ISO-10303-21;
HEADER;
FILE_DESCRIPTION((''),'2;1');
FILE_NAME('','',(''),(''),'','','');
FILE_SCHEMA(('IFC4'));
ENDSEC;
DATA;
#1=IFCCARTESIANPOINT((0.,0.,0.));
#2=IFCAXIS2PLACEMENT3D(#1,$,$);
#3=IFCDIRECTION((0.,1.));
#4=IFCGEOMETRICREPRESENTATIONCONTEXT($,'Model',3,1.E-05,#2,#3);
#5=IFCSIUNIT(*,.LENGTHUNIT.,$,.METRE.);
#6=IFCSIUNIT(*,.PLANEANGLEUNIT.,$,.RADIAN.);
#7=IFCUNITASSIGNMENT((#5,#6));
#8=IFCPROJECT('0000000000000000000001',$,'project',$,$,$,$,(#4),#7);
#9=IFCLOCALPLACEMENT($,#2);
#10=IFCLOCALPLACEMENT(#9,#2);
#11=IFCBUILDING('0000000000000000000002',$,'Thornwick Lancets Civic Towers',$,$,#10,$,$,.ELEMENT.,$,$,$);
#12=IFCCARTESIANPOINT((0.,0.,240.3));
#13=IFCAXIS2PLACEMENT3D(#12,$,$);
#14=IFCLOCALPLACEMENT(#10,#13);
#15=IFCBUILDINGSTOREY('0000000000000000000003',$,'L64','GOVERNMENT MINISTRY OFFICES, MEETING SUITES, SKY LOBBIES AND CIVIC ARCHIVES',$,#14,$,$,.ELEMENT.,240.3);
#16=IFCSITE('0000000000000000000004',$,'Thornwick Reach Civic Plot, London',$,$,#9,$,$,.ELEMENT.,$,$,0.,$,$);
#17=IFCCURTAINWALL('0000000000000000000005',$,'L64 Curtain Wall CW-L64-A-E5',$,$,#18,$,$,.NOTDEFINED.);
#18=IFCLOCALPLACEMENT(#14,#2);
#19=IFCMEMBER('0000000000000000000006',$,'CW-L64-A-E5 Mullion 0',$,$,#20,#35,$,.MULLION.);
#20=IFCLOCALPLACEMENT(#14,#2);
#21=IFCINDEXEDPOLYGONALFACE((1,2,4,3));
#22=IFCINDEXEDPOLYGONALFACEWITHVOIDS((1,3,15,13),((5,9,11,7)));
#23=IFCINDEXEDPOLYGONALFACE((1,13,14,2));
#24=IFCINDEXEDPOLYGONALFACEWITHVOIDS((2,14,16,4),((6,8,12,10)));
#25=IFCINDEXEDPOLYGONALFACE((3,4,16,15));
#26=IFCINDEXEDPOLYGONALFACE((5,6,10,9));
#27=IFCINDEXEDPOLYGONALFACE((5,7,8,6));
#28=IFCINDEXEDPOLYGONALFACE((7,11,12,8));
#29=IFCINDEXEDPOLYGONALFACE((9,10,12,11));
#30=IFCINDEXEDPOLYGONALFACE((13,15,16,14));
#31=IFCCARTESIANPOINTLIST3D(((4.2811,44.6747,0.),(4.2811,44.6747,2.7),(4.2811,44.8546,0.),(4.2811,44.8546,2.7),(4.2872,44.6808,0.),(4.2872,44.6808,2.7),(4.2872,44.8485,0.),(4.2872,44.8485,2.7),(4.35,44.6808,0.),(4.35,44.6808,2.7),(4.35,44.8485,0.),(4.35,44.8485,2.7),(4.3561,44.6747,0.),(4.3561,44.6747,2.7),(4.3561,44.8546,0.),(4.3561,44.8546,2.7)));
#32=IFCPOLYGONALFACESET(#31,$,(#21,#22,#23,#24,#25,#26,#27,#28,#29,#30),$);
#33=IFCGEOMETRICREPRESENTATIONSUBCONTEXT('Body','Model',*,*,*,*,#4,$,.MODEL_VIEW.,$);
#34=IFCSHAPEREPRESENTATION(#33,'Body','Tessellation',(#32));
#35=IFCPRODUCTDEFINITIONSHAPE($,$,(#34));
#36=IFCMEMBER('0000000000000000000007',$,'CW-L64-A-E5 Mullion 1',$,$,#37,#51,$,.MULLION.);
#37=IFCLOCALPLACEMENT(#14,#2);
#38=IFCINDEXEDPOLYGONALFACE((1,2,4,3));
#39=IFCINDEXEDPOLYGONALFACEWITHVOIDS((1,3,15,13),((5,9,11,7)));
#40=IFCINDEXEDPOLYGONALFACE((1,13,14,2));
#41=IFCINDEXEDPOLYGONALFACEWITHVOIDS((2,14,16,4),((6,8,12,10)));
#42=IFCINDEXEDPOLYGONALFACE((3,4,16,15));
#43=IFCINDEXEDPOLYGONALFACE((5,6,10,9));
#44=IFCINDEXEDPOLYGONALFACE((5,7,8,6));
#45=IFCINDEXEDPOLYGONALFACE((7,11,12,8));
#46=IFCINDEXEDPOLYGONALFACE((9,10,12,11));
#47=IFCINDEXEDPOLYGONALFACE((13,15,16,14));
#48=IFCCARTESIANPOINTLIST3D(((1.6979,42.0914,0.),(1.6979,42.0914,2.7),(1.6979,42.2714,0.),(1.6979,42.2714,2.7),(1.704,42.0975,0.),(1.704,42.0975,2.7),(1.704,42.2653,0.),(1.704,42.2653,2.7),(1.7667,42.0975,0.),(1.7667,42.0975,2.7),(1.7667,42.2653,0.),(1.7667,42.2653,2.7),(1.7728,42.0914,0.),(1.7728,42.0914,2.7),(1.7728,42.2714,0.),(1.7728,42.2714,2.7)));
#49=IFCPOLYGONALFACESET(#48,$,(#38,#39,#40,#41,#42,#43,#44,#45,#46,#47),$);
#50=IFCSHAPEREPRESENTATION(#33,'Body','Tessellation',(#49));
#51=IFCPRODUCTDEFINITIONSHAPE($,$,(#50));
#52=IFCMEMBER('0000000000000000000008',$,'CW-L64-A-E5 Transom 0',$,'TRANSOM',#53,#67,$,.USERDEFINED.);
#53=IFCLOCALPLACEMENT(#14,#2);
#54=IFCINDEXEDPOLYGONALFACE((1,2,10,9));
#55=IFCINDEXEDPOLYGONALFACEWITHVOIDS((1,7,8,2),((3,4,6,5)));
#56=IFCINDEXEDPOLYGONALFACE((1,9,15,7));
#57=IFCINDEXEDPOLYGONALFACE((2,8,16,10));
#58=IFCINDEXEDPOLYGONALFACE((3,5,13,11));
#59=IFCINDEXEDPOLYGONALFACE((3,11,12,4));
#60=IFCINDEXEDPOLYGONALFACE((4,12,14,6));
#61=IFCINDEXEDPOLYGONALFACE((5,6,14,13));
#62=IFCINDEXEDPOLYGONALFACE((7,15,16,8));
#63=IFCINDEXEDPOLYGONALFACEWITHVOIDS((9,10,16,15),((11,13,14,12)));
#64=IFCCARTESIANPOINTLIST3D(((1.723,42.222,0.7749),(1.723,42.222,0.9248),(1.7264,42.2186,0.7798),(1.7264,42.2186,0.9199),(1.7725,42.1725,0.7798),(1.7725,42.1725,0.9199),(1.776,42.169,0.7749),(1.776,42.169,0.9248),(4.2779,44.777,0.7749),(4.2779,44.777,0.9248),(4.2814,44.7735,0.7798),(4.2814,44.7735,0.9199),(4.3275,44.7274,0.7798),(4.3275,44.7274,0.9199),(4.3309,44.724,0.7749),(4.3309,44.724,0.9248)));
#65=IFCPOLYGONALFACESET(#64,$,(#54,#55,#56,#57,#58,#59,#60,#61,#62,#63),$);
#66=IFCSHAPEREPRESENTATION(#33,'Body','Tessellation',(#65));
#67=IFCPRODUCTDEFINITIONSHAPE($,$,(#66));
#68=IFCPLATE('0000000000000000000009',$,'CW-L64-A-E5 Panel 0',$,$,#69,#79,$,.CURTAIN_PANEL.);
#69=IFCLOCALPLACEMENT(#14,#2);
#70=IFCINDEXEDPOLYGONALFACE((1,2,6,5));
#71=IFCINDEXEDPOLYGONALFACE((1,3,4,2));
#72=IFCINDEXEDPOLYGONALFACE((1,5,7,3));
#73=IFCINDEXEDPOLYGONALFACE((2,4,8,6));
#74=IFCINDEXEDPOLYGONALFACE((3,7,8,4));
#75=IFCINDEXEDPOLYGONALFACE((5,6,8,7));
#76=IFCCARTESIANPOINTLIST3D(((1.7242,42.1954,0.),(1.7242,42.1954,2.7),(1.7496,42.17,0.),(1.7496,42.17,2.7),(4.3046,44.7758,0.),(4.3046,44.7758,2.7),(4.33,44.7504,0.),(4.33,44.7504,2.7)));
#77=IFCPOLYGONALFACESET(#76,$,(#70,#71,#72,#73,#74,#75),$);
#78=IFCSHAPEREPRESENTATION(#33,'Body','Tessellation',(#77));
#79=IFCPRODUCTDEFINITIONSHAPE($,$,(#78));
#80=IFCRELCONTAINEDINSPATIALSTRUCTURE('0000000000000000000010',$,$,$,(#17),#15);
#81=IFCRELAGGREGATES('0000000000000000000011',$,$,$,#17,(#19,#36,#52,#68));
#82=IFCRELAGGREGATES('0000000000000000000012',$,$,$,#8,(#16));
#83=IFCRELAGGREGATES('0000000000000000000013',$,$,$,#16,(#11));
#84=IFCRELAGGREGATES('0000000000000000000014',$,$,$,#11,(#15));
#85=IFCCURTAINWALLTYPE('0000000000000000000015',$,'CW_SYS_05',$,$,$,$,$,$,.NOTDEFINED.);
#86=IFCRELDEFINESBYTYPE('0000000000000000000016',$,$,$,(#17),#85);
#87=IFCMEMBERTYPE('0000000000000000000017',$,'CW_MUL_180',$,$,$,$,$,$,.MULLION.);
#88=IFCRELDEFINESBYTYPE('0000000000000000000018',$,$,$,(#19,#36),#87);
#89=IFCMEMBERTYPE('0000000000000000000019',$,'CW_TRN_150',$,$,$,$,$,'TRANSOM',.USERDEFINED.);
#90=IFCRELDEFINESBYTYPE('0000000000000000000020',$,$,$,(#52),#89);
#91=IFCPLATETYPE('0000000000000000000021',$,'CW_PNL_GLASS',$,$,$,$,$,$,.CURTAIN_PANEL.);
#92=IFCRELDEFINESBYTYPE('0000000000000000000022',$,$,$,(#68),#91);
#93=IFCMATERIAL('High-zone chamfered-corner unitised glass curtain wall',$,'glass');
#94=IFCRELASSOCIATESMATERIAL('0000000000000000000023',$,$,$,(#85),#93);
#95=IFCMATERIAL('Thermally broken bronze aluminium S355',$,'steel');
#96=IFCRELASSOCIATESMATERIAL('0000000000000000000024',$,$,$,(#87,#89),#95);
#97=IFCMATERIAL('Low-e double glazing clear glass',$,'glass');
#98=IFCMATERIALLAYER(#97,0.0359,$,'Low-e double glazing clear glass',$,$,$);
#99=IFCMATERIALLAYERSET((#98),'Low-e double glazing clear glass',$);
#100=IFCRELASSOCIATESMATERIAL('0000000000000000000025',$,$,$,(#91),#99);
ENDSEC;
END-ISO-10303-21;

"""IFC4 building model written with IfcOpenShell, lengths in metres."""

from ifc_helpers import new_model, si_unit, direction, frame, origin, origin_2d, place, context, subcontext, project, spatial, rectangle, hollow_rectangle, extrude, material, layer, layer_set, material_profile, profile_set, type_object, element, aggregate, save


model = new_model("IFC4")

# Units and contexts
model_context = context("Model", 3, precision=1e-05, world=origin(), true_north=direction((0.0, 1.0)))
body_context = subcontext(model_context, "Body", "Model", "MODEL_VIEW")
ifc_project = project(units=[si_unit("LENGTHUNIT", "METRE"), si_unit("PLANEANGLEUNIT", "RADIAN")], contexts=[model_context])

# Site, building, storey
site_placement = place(None, origin())
site = spatial("IfcSite", under=ifc_project, at=site_placement, Name="Thornwick Reach Civic Plot, London", CompositionType="ELEMENT", RefElevation=0.0)
building_placement = place(site_placement, origin())
building = spatial("IfcBuilding", under=site, at=building_placement, Name="Thornwick Lancets Civic Towers", CompositionType="ELEMENT")
storey_placement = place(building_placement, frame((0.0, 0.0, 240.3)))
storey = spatial("IfcBuildingStorey", under=building, at=storey_placement, Name="L64", Description="GOVERNMENT MINISTRY OFFICES, MEETING SUITES, SKY LOBBIES AND CIVIC ARCHIVES", CompositionType="ELEMENT", Elevation=240.3)

# Curtain wall, members, plate
ifc_material_1 = material(Name="High-zone chamfered-corner unitised glass curtain wall", Category="glass")
curtain_wall_type = type_object("IfcCurtainWallType", Name="CW_SYS_05", PredefinedType="NOTDEFINED", material=ifc_material_1)
curtain_wall_placement = place(storey_placement, origin())
curtain_wall = element("IfcCurtainWall", 1, at=curtain_wall_placement, inside=storey, type_object=curtain_wall_type, Name="L64 Curtain Wall CW-L64-A-E5", PredefinedType="NOTDEFINED")
ifc_material_2 = material(Name="Thermally broken bronze aluminium S355", Category="steel")
ifc_material_profile_1 = material_profile(ifc_material_2, hollow_rectangle(XDim=0.075, YDim=0.1799, WallThickness=0.0061, at=origin_2d()), Name="RHS 180x75x6")
ifc_profile_set_1 = profile_set([ifc_material_profile_1], Name="Thermally broken bronze aluminium S355")
member_type_1 = type_object("IfcMemberType", Name="CW_MUL_180", PredefinedType="MULLION", material=ifc_profile_set_1)
member_1_placement = place(storey_placement, frame((4.3186, 44.7646, 0.0), z_axis=(0.0, 0.0, 1.0), x_axis=(1.0, 0.0, 0.0)))
member_1 = element("IfcMember", 2, at=member_1_placement, type_object=member_type_1, Name="CW-L64-A-E5 Mullion 0", PredefinedType="MULLION", context=body_context, shape_type="SweptSolid", body=[
    extrude(hollow_rectangle(XDim=0.075, YDim=0.1799, WallThickness=0.0061, at=origin_2d()), origin(), (0.0, 0.0, 1.0), 2.7),
])
member_2_placement = place(storey_placement, frame((1.7354, 42.1814, 0.0), z_axis=(0.0, 0.0, 1.0), x_axis=(1.0, 0.0, 0.0)))
member_2 = element("IfcMember", 3, at=member_2_placement, type_object=member_type_1, Name="CW-L64-A-E5 Mullion 1", PredefinedType="MULLION", context=body_context, shape_type="SweptSolid", body=[
    extrude(hollow_rectangle(XDim=0.075, YDim=0.1799, WallThickness=0.0061, at=origin_2d()), origin(), (0.0, 0.0, 1.0), 2.7),
])
ifc_material_profile_2 = material_profile(ifc_material_2, hollow_rectangle(XDim=0.075, YDim=0.1499, WallThickness=0.0049, at=origin_2d()), Name="RHS 150x75x5")
ifc_profile_set_2 = profile_set([ifc_material_profile_2], Name="Thermally broken bronze aluminium S355")
member_type_2 = type_object("IfcMemberType", Name="CW_TRN_150", ElementType="TRANSOM", PredefinedType="USERDEFINED", material=ifc_profile_set_2)
member_3_placement = place(storey_placement, frame((4.3044, 44.7505, 0.8499), z_axis=(-0.707107, -0.707107, 0.0), x_axis=(0.707107, -0.707107, 0.0)))
member_3 = element("IfcMember", 4, at=member_3_placement, type_object=member_type_2, Name="CW-L64-A-E5 Transom 0", ObjectType="TRANSOM", PredefinedType="USERDEFINED", context=body_context, shape_type="SweptSolid", body=[
    extrude(hollow_rectangle(XDim=0.075, YDim=0.1499, WallThickness=0.0049, at=origin_2d()), origin(), (0.0, 0.0, 1.0), 3.6133),
])
ifc_material_3 = material(Name="Low-e double glazing clear glass", Category="glass")
ifc_layer_1 = layer(ifc_material_3, 0.0359, Name="Low-e double glazing clear glass")
ifc_layer_set_1 = layer_set([ifc_layer_1], Name="Low-e double glazing clear glass")
plate_type = type_object("IfcPlateType", Name="CW_PNL_GLASS", PredefinedType="CURTAIN_PANEL", material=ifc_layer_set_1)
plate_placement = place(storey_placement, frame((3.0271, 43.4729, 0.0), z_axis=(0.0, 0.0, 1.0), x_axis=(-0.707107, -0.707107, 0.0)))
plate = element("IfcPlate", 5, at=plate_placement, type_object=plate_type, Name="CW-L64-A-E5 Panel 0", PredefinedType="CURTAIN_PANEL", context=body_context, shape_type="SweptSolid", body=[
    extrude(rectangle(XDim=3.6492, YDim=0.0359, at=origin_2d()), origin(), (0.0, 0.0, 1.0), 2.7),
])
aggregate(curtain_wall, [member_1, member_2, member_3, plate])

save(model, "model.ifc")
